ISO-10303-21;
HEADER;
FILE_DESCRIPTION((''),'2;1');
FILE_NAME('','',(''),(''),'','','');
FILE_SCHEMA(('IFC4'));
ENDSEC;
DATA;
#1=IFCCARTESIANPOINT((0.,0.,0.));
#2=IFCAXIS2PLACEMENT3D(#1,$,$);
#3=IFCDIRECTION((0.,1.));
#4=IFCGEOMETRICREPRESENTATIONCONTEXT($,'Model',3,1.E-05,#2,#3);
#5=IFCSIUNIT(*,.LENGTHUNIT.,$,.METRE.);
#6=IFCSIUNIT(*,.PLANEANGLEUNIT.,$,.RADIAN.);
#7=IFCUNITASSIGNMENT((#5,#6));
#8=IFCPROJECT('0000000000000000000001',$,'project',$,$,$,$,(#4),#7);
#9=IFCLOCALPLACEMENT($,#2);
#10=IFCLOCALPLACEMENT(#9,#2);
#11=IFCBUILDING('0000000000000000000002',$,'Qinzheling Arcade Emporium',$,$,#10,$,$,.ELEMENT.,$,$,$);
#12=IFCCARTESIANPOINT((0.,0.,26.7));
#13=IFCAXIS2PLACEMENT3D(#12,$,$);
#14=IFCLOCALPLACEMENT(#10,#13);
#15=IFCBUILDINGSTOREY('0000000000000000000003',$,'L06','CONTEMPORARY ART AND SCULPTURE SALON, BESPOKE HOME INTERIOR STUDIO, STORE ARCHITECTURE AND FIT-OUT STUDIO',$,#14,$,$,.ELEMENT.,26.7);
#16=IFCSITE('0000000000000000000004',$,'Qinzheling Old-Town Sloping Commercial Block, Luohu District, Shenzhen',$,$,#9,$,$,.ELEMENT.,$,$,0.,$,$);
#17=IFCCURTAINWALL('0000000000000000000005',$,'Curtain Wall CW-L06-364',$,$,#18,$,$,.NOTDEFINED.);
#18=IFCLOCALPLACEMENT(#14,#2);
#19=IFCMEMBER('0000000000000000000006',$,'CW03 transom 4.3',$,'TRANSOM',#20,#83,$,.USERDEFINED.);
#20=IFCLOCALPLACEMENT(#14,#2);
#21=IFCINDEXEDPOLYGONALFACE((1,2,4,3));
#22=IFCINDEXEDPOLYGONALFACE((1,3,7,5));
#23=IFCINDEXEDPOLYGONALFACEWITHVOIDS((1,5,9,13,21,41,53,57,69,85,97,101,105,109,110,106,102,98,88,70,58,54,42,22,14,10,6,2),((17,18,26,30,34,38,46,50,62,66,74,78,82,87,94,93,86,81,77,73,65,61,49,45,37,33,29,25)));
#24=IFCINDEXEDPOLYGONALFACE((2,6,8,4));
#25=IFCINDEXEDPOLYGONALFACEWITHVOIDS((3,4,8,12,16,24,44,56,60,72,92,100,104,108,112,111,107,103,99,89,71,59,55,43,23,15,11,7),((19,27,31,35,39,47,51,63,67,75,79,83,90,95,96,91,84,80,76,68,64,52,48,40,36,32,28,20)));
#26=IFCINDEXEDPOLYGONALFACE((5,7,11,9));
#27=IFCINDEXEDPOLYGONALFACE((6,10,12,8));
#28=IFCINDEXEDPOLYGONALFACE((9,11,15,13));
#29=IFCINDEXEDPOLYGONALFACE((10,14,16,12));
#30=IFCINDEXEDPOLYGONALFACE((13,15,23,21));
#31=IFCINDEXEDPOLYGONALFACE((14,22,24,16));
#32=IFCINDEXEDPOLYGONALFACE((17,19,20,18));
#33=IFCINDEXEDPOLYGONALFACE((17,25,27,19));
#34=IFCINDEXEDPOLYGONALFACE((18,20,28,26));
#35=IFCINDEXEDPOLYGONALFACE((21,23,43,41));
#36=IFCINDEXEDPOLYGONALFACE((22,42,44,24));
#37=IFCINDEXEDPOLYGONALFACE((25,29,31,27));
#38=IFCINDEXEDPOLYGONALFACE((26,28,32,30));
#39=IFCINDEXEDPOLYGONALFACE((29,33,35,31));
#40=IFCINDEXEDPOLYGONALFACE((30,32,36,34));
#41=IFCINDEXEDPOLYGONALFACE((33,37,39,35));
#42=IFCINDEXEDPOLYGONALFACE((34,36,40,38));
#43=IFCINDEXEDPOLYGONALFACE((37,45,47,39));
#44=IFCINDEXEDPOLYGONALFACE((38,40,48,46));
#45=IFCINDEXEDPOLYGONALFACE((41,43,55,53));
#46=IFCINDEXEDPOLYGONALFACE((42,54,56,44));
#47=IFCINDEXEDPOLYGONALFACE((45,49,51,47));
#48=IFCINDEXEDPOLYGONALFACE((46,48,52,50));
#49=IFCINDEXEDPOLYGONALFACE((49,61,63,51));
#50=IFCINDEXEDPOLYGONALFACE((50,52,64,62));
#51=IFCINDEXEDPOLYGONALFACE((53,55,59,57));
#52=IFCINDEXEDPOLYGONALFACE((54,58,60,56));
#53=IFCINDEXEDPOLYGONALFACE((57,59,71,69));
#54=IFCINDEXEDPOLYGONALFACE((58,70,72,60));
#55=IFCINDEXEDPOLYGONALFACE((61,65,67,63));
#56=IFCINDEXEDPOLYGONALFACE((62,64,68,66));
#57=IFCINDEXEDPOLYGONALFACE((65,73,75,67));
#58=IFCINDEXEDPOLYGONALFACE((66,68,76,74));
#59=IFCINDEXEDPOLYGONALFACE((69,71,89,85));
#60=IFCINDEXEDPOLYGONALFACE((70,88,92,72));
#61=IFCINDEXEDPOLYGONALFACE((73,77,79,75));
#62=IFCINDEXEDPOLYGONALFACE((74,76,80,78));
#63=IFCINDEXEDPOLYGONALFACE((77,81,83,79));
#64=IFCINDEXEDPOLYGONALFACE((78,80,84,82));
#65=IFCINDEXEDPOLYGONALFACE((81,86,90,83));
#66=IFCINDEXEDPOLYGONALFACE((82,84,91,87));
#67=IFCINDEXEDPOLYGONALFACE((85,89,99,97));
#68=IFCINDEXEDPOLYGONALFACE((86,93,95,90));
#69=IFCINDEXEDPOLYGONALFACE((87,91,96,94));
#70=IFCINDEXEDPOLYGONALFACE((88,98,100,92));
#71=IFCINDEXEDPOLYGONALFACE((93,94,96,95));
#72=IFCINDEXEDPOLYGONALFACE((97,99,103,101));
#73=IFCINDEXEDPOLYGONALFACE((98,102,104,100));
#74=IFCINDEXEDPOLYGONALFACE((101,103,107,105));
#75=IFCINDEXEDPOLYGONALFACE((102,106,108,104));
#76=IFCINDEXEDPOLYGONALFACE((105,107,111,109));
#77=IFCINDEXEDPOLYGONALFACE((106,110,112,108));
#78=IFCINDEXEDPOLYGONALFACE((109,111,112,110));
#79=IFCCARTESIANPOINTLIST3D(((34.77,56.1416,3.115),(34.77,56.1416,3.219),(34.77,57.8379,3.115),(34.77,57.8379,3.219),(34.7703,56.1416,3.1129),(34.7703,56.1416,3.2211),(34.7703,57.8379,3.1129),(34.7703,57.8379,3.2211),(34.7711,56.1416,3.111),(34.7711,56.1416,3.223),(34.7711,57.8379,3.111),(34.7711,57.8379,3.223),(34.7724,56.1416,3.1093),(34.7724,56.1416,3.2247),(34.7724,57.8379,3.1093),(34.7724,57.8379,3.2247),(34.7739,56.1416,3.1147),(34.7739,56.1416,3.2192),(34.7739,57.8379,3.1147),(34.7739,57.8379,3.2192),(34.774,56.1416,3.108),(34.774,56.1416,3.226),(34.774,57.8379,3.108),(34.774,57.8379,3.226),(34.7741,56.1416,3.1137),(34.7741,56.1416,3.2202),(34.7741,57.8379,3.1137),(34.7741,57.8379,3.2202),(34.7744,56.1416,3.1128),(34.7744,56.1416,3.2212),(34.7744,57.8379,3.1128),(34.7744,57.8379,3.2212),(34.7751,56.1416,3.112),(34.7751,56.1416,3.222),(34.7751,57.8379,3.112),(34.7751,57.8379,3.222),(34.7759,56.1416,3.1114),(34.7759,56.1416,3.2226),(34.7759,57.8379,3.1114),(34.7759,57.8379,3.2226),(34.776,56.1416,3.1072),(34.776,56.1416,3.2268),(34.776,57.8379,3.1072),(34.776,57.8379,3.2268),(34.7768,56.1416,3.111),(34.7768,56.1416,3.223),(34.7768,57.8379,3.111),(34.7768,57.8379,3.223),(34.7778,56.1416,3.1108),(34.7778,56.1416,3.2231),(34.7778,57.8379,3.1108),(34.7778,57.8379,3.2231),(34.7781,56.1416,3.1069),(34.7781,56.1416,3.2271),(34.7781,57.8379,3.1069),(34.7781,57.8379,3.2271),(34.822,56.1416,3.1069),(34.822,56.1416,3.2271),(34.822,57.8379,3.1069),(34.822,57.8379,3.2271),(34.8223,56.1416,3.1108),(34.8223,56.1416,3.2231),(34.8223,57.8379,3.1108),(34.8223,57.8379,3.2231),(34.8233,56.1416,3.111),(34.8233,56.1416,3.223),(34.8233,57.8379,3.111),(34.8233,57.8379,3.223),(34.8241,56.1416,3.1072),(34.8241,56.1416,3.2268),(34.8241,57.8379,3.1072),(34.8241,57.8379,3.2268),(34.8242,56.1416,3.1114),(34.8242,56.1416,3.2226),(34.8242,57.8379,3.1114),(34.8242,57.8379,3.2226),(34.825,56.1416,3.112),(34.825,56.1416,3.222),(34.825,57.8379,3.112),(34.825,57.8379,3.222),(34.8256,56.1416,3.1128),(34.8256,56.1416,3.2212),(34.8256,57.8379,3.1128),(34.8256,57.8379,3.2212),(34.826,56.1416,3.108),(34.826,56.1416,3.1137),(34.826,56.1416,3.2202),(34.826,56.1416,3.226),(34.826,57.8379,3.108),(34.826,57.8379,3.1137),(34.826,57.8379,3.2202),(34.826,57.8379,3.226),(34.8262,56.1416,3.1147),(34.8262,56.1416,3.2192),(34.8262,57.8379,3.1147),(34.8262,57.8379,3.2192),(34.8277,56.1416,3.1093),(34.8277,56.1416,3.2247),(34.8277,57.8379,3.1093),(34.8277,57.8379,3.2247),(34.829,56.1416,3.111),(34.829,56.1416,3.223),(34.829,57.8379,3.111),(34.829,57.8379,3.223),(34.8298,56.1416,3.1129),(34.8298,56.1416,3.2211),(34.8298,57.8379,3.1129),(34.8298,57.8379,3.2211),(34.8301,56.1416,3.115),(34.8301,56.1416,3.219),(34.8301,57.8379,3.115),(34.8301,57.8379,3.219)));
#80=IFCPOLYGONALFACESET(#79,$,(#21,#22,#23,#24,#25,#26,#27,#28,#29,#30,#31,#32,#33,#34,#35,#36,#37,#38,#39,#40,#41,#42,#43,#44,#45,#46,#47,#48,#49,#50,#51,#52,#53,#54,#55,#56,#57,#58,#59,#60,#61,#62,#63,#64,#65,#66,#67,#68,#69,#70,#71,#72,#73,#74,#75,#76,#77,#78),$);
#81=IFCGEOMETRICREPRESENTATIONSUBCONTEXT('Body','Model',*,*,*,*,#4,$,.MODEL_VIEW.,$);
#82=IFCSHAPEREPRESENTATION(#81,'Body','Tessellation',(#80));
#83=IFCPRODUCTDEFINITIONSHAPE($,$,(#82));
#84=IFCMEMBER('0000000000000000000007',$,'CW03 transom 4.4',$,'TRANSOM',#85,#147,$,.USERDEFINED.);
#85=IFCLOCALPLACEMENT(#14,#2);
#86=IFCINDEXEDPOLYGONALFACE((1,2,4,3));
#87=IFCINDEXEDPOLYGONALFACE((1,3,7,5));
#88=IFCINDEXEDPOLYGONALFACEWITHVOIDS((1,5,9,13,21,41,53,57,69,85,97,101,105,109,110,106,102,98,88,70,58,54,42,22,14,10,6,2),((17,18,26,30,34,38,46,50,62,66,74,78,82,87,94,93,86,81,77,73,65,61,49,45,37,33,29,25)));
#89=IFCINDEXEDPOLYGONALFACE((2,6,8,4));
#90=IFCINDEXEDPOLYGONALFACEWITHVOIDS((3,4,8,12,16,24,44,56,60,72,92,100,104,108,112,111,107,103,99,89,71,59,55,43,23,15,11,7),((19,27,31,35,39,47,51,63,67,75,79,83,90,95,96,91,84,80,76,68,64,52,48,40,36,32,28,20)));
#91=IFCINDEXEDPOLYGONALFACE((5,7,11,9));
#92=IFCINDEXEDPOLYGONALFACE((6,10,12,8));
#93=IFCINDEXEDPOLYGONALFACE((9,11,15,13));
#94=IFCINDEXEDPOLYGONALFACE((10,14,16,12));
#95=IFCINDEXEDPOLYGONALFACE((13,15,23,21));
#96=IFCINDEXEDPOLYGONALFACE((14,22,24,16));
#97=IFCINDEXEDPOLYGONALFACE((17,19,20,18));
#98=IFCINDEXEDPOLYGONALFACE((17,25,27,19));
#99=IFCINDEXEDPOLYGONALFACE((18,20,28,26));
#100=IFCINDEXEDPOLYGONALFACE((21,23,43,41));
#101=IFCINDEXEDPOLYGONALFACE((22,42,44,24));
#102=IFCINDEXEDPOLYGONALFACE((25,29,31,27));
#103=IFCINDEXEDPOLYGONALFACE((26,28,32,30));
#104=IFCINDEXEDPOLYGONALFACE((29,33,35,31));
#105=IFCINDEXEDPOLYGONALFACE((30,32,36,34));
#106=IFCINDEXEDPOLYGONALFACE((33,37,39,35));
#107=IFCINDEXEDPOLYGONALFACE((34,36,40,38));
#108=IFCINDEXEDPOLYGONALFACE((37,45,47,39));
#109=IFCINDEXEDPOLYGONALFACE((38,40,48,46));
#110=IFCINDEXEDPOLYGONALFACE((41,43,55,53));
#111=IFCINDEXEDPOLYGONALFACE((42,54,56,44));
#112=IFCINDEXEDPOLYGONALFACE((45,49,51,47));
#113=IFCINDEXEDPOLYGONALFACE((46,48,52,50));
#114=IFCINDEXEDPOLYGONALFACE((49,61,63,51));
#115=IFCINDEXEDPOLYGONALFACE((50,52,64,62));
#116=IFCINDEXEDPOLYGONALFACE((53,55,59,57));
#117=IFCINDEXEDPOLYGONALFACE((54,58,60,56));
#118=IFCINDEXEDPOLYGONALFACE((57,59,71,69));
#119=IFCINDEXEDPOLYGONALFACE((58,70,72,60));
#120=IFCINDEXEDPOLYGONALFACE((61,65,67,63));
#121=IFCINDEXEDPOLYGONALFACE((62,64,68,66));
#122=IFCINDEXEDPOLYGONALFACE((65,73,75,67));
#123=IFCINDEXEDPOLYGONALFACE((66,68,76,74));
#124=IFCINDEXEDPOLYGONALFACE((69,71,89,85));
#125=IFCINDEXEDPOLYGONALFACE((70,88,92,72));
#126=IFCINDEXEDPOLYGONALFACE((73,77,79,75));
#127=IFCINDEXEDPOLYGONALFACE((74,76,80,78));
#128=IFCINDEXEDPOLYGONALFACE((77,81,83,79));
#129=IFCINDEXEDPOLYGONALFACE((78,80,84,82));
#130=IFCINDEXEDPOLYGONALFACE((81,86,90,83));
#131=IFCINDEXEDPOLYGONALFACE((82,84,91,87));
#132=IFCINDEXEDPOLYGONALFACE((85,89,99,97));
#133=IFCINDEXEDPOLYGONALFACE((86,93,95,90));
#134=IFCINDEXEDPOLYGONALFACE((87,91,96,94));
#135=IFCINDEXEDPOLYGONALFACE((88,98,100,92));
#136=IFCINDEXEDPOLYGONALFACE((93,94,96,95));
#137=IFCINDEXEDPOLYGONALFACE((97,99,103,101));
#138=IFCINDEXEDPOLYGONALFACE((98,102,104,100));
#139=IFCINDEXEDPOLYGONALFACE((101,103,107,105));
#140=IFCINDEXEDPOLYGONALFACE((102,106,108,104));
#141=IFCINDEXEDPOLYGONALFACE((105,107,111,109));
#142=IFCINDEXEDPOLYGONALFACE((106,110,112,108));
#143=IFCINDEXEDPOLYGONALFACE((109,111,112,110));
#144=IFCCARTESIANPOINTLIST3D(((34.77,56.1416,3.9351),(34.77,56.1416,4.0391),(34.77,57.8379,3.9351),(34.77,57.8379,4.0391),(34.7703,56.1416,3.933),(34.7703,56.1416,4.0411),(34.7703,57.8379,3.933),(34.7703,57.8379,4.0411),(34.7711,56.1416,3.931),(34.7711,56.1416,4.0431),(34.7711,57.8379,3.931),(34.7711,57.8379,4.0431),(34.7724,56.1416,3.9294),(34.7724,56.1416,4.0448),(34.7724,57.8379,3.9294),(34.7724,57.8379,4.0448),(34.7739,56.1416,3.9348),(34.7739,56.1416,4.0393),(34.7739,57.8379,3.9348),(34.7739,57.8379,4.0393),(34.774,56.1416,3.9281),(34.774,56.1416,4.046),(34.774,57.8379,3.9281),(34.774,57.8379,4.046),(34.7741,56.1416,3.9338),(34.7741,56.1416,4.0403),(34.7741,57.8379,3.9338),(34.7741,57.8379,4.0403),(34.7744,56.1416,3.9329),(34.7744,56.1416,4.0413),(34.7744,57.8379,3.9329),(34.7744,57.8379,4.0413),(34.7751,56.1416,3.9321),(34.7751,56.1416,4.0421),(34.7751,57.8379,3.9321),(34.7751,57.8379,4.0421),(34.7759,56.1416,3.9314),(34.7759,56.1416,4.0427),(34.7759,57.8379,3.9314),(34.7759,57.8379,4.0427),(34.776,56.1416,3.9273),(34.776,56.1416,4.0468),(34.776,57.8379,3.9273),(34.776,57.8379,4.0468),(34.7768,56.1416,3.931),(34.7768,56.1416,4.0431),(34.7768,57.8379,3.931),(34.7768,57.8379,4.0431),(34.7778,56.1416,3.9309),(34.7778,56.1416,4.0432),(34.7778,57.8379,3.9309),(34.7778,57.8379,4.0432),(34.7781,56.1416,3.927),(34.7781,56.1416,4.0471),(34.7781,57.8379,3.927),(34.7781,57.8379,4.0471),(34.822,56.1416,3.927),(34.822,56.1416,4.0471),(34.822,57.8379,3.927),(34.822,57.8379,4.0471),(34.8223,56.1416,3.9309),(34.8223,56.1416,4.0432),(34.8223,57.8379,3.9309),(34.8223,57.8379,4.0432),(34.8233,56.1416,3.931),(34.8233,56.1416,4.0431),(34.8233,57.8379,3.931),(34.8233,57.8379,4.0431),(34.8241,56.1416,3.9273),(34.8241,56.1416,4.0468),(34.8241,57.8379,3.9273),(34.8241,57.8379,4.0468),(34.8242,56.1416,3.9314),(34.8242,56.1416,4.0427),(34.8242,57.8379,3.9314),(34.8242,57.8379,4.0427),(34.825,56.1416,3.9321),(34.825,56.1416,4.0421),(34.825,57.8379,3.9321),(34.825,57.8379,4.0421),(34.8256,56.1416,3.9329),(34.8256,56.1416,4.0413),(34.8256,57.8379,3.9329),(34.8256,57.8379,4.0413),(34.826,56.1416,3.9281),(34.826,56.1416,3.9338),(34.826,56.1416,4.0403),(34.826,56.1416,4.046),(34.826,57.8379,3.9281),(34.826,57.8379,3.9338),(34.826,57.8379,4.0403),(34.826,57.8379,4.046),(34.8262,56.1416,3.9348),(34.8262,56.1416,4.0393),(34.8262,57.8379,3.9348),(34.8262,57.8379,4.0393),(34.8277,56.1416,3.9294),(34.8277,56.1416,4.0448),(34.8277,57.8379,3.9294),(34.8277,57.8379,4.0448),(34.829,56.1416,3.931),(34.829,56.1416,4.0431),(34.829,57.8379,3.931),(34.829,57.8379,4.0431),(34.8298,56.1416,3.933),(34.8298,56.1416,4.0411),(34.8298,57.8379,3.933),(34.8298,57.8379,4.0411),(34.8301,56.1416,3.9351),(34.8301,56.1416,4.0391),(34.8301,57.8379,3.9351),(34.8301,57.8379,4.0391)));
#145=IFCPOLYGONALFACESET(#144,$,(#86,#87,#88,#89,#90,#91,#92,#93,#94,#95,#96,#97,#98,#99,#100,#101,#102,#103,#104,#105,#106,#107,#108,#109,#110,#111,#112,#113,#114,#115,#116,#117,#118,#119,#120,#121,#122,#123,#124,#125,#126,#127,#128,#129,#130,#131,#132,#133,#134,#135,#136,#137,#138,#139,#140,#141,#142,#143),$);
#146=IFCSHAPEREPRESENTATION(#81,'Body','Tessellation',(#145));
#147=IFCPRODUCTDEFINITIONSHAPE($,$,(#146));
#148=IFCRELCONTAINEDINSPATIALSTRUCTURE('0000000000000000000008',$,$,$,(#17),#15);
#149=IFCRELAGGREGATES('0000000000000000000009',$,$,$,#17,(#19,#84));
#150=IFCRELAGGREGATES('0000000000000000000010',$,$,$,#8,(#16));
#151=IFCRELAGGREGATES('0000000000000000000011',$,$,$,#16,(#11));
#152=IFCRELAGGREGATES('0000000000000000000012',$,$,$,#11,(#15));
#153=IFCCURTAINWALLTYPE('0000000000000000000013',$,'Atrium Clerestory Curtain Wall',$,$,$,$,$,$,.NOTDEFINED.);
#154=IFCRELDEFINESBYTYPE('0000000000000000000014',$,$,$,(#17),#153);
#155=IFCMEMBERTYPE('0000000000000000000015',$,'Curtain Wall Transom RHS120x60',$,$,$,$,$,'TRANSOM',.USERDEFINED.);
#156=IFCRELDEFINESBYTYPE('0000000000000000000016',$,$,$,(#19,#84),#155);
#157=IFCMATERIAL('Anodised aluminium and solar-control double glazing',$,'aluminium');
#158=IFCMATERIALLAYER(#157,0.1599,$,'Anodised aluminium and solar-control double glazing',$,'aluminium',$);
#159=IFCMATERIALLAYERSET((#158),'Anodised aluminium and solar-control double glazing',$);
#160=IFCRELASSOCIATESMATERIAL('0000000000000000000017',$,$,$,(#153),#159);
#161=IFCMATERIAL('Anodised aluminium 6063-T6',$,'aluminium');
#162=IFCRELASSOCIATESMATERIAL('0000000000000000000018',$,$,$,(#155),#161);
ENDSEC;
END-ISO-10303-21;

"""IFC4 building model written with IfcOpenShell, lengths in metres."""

from ifc_helpers import new_model, si_unit, direction, frame, origin, origin_2d, place, context, subcontext, project, spatial, hollow_rectangle, extrude, material, layer, layer_set, material_profile, profile_set, type_object, element, aggregate, save


model = new_model("IFC4")

# Units and contexts
model_context = context("Model", 3, precision=1e-05, world=origin(), true_north=direction((0.0, 1.0)))
body_context = subcontext(model_context, "Body", "Model", "MODEL_VIEW")
ifc_project = project(units=[si_unit("LENGTHUNIT", "METRE"), si_unit("PLANEANGLEUNIT", "RADIAN")], contexts=[model_context])

# Site, building, storey
site_placement = place(None, origin())
site = spatial("IfcSite", under=ifc_project, at=site_placement, Name="Qinzheling Old-Town Sloping Commercial Block, Luohu District, Shenzhen", CompositionType="ELEMENT", RefElevation=0.0)
building_placement = place(site_placement, origin())
building = spatial("IfcBuilding", under=site, at=building_placement, Name="Qinzheling Arcade Emporium", CompositionType="ELEMENT")
storey_placement = place(building_placement, frame((0.0, 0.0, 26.7)))
storey = spatial("IfcBuildingStorey", under=building, at=storey_placement, Name="L06", Description="CONTEMPORARY ART AND SCULPTURE SALON, BESPOKE HOME INTERIOR STUDIO, STORE ARCHITECTURE AND FIT-OUT STUDIO", CompositionType="ELEMENT", Elevation=26.7)

# Curtain wall
ifc_material_1 = material(Name="Anodised aluminium and solar-control double glazing", Category="aluminium")
ifc_layer_1 = layer(ifc_material_1, 0.1599, Name="Anodised aluminium and solar-control double glazing", Category="aluminium")
ifc_layer_set_1 = layer_set([ifc_layer_1], Name="Anodised aluminium and solar-control double glazing")
curtain_wall_type = type_object("IfcCurtainWallType", Name="Atrium Clerestory Curtain Wall", PredefinedType="NOTDEFINED", material=ifc_layer_set_1)
curtain_wall_1_placement = place(storey_placement, origin())
curtain_wall_1 = element("IfcCurtainWall", 1, at=curtain_wall_1_placement, inside=storey, type_object=curtain_wall_type, Name="Curtain Wall CW-L06-364", PredefinedType="NOTDEFINED")
ifc_material_2 = material(Name="Anodised aluminium 6063-T6", Category="aluminium")

# Members
ifc_material_profile_1 = material_profile(ifc_material_2, hollow_rectangle(XDim=0.0601, YDim=0.1201, WallThickness=0.0039, InnerFilletRadius=0.0039, OuterFilletRadius=0.0081, at=origin_2d()), Name="RHS 120x60x4", Category="aluminium")
ifc_profile_set_1 = profile_set([ifc_material_profile_1], Name="Anodised aluminium 6063-T6")
member_type_1 = type_object("IfcMemberType", Name="Curtain Wall Transom RHS120x60", ElementType="TRANSOM", PredefinedType="USERDEFINED", material=ifc_profile_set_1)
member_1_placement = place(storey_placement, frame((34.8, 56.1416, 3.167), z_axis=(0.0, 1.0, 0.0), x_axis=(-1.0, 0.0, 0.0)))
member_1 = element("IfcMember", 2, at=member_1_placement, type_object=member_type_1, Name="CW03 transom 4.3", ObjectType="TRANSOM", PredefinedType="USERDEFINED", context=body_context, shape_type="SweptSolid", body=[
    extrude(hollow_rectangle(XDim=0.0601, YDim=0.1201, WallThickness=0.0039, InnerFilletRadius=0.0039, OuterFilletRadius=0.0081, at=origin_2d()), origin(), (0.0, 0.0, 1.0), 1.6963),
])
member_2_placement = place(storey_placement, frame((34.8, 56.1416, 3.9871), z_axis=(0.0, 1.0, 0.0), x_axis=(-1.0, 0.0, 0.0)))
member_2 = element("IfcMember", 3, at=member_2_placement, type_object=member_type_1, Name="CW03 transom 4.4", ObjectType="TRANSOM", PredefinedType="USERDEFINED", context=body_context, shape_type="SweptSolid", body=[
    extrude(hollow_rectangle(XDim=0.0601, YDim=0.1201, WallThickness=0.0039, InnerFilletRadius=0.0039, OuterFilletRadius=0.0081, at=origin_2d()), origin(), (0.0, 0.0, 1.0), 1.6963),
])

aggregate(curtain_wall_1, [member_1, member_2])

save(model, "model.ifc")
